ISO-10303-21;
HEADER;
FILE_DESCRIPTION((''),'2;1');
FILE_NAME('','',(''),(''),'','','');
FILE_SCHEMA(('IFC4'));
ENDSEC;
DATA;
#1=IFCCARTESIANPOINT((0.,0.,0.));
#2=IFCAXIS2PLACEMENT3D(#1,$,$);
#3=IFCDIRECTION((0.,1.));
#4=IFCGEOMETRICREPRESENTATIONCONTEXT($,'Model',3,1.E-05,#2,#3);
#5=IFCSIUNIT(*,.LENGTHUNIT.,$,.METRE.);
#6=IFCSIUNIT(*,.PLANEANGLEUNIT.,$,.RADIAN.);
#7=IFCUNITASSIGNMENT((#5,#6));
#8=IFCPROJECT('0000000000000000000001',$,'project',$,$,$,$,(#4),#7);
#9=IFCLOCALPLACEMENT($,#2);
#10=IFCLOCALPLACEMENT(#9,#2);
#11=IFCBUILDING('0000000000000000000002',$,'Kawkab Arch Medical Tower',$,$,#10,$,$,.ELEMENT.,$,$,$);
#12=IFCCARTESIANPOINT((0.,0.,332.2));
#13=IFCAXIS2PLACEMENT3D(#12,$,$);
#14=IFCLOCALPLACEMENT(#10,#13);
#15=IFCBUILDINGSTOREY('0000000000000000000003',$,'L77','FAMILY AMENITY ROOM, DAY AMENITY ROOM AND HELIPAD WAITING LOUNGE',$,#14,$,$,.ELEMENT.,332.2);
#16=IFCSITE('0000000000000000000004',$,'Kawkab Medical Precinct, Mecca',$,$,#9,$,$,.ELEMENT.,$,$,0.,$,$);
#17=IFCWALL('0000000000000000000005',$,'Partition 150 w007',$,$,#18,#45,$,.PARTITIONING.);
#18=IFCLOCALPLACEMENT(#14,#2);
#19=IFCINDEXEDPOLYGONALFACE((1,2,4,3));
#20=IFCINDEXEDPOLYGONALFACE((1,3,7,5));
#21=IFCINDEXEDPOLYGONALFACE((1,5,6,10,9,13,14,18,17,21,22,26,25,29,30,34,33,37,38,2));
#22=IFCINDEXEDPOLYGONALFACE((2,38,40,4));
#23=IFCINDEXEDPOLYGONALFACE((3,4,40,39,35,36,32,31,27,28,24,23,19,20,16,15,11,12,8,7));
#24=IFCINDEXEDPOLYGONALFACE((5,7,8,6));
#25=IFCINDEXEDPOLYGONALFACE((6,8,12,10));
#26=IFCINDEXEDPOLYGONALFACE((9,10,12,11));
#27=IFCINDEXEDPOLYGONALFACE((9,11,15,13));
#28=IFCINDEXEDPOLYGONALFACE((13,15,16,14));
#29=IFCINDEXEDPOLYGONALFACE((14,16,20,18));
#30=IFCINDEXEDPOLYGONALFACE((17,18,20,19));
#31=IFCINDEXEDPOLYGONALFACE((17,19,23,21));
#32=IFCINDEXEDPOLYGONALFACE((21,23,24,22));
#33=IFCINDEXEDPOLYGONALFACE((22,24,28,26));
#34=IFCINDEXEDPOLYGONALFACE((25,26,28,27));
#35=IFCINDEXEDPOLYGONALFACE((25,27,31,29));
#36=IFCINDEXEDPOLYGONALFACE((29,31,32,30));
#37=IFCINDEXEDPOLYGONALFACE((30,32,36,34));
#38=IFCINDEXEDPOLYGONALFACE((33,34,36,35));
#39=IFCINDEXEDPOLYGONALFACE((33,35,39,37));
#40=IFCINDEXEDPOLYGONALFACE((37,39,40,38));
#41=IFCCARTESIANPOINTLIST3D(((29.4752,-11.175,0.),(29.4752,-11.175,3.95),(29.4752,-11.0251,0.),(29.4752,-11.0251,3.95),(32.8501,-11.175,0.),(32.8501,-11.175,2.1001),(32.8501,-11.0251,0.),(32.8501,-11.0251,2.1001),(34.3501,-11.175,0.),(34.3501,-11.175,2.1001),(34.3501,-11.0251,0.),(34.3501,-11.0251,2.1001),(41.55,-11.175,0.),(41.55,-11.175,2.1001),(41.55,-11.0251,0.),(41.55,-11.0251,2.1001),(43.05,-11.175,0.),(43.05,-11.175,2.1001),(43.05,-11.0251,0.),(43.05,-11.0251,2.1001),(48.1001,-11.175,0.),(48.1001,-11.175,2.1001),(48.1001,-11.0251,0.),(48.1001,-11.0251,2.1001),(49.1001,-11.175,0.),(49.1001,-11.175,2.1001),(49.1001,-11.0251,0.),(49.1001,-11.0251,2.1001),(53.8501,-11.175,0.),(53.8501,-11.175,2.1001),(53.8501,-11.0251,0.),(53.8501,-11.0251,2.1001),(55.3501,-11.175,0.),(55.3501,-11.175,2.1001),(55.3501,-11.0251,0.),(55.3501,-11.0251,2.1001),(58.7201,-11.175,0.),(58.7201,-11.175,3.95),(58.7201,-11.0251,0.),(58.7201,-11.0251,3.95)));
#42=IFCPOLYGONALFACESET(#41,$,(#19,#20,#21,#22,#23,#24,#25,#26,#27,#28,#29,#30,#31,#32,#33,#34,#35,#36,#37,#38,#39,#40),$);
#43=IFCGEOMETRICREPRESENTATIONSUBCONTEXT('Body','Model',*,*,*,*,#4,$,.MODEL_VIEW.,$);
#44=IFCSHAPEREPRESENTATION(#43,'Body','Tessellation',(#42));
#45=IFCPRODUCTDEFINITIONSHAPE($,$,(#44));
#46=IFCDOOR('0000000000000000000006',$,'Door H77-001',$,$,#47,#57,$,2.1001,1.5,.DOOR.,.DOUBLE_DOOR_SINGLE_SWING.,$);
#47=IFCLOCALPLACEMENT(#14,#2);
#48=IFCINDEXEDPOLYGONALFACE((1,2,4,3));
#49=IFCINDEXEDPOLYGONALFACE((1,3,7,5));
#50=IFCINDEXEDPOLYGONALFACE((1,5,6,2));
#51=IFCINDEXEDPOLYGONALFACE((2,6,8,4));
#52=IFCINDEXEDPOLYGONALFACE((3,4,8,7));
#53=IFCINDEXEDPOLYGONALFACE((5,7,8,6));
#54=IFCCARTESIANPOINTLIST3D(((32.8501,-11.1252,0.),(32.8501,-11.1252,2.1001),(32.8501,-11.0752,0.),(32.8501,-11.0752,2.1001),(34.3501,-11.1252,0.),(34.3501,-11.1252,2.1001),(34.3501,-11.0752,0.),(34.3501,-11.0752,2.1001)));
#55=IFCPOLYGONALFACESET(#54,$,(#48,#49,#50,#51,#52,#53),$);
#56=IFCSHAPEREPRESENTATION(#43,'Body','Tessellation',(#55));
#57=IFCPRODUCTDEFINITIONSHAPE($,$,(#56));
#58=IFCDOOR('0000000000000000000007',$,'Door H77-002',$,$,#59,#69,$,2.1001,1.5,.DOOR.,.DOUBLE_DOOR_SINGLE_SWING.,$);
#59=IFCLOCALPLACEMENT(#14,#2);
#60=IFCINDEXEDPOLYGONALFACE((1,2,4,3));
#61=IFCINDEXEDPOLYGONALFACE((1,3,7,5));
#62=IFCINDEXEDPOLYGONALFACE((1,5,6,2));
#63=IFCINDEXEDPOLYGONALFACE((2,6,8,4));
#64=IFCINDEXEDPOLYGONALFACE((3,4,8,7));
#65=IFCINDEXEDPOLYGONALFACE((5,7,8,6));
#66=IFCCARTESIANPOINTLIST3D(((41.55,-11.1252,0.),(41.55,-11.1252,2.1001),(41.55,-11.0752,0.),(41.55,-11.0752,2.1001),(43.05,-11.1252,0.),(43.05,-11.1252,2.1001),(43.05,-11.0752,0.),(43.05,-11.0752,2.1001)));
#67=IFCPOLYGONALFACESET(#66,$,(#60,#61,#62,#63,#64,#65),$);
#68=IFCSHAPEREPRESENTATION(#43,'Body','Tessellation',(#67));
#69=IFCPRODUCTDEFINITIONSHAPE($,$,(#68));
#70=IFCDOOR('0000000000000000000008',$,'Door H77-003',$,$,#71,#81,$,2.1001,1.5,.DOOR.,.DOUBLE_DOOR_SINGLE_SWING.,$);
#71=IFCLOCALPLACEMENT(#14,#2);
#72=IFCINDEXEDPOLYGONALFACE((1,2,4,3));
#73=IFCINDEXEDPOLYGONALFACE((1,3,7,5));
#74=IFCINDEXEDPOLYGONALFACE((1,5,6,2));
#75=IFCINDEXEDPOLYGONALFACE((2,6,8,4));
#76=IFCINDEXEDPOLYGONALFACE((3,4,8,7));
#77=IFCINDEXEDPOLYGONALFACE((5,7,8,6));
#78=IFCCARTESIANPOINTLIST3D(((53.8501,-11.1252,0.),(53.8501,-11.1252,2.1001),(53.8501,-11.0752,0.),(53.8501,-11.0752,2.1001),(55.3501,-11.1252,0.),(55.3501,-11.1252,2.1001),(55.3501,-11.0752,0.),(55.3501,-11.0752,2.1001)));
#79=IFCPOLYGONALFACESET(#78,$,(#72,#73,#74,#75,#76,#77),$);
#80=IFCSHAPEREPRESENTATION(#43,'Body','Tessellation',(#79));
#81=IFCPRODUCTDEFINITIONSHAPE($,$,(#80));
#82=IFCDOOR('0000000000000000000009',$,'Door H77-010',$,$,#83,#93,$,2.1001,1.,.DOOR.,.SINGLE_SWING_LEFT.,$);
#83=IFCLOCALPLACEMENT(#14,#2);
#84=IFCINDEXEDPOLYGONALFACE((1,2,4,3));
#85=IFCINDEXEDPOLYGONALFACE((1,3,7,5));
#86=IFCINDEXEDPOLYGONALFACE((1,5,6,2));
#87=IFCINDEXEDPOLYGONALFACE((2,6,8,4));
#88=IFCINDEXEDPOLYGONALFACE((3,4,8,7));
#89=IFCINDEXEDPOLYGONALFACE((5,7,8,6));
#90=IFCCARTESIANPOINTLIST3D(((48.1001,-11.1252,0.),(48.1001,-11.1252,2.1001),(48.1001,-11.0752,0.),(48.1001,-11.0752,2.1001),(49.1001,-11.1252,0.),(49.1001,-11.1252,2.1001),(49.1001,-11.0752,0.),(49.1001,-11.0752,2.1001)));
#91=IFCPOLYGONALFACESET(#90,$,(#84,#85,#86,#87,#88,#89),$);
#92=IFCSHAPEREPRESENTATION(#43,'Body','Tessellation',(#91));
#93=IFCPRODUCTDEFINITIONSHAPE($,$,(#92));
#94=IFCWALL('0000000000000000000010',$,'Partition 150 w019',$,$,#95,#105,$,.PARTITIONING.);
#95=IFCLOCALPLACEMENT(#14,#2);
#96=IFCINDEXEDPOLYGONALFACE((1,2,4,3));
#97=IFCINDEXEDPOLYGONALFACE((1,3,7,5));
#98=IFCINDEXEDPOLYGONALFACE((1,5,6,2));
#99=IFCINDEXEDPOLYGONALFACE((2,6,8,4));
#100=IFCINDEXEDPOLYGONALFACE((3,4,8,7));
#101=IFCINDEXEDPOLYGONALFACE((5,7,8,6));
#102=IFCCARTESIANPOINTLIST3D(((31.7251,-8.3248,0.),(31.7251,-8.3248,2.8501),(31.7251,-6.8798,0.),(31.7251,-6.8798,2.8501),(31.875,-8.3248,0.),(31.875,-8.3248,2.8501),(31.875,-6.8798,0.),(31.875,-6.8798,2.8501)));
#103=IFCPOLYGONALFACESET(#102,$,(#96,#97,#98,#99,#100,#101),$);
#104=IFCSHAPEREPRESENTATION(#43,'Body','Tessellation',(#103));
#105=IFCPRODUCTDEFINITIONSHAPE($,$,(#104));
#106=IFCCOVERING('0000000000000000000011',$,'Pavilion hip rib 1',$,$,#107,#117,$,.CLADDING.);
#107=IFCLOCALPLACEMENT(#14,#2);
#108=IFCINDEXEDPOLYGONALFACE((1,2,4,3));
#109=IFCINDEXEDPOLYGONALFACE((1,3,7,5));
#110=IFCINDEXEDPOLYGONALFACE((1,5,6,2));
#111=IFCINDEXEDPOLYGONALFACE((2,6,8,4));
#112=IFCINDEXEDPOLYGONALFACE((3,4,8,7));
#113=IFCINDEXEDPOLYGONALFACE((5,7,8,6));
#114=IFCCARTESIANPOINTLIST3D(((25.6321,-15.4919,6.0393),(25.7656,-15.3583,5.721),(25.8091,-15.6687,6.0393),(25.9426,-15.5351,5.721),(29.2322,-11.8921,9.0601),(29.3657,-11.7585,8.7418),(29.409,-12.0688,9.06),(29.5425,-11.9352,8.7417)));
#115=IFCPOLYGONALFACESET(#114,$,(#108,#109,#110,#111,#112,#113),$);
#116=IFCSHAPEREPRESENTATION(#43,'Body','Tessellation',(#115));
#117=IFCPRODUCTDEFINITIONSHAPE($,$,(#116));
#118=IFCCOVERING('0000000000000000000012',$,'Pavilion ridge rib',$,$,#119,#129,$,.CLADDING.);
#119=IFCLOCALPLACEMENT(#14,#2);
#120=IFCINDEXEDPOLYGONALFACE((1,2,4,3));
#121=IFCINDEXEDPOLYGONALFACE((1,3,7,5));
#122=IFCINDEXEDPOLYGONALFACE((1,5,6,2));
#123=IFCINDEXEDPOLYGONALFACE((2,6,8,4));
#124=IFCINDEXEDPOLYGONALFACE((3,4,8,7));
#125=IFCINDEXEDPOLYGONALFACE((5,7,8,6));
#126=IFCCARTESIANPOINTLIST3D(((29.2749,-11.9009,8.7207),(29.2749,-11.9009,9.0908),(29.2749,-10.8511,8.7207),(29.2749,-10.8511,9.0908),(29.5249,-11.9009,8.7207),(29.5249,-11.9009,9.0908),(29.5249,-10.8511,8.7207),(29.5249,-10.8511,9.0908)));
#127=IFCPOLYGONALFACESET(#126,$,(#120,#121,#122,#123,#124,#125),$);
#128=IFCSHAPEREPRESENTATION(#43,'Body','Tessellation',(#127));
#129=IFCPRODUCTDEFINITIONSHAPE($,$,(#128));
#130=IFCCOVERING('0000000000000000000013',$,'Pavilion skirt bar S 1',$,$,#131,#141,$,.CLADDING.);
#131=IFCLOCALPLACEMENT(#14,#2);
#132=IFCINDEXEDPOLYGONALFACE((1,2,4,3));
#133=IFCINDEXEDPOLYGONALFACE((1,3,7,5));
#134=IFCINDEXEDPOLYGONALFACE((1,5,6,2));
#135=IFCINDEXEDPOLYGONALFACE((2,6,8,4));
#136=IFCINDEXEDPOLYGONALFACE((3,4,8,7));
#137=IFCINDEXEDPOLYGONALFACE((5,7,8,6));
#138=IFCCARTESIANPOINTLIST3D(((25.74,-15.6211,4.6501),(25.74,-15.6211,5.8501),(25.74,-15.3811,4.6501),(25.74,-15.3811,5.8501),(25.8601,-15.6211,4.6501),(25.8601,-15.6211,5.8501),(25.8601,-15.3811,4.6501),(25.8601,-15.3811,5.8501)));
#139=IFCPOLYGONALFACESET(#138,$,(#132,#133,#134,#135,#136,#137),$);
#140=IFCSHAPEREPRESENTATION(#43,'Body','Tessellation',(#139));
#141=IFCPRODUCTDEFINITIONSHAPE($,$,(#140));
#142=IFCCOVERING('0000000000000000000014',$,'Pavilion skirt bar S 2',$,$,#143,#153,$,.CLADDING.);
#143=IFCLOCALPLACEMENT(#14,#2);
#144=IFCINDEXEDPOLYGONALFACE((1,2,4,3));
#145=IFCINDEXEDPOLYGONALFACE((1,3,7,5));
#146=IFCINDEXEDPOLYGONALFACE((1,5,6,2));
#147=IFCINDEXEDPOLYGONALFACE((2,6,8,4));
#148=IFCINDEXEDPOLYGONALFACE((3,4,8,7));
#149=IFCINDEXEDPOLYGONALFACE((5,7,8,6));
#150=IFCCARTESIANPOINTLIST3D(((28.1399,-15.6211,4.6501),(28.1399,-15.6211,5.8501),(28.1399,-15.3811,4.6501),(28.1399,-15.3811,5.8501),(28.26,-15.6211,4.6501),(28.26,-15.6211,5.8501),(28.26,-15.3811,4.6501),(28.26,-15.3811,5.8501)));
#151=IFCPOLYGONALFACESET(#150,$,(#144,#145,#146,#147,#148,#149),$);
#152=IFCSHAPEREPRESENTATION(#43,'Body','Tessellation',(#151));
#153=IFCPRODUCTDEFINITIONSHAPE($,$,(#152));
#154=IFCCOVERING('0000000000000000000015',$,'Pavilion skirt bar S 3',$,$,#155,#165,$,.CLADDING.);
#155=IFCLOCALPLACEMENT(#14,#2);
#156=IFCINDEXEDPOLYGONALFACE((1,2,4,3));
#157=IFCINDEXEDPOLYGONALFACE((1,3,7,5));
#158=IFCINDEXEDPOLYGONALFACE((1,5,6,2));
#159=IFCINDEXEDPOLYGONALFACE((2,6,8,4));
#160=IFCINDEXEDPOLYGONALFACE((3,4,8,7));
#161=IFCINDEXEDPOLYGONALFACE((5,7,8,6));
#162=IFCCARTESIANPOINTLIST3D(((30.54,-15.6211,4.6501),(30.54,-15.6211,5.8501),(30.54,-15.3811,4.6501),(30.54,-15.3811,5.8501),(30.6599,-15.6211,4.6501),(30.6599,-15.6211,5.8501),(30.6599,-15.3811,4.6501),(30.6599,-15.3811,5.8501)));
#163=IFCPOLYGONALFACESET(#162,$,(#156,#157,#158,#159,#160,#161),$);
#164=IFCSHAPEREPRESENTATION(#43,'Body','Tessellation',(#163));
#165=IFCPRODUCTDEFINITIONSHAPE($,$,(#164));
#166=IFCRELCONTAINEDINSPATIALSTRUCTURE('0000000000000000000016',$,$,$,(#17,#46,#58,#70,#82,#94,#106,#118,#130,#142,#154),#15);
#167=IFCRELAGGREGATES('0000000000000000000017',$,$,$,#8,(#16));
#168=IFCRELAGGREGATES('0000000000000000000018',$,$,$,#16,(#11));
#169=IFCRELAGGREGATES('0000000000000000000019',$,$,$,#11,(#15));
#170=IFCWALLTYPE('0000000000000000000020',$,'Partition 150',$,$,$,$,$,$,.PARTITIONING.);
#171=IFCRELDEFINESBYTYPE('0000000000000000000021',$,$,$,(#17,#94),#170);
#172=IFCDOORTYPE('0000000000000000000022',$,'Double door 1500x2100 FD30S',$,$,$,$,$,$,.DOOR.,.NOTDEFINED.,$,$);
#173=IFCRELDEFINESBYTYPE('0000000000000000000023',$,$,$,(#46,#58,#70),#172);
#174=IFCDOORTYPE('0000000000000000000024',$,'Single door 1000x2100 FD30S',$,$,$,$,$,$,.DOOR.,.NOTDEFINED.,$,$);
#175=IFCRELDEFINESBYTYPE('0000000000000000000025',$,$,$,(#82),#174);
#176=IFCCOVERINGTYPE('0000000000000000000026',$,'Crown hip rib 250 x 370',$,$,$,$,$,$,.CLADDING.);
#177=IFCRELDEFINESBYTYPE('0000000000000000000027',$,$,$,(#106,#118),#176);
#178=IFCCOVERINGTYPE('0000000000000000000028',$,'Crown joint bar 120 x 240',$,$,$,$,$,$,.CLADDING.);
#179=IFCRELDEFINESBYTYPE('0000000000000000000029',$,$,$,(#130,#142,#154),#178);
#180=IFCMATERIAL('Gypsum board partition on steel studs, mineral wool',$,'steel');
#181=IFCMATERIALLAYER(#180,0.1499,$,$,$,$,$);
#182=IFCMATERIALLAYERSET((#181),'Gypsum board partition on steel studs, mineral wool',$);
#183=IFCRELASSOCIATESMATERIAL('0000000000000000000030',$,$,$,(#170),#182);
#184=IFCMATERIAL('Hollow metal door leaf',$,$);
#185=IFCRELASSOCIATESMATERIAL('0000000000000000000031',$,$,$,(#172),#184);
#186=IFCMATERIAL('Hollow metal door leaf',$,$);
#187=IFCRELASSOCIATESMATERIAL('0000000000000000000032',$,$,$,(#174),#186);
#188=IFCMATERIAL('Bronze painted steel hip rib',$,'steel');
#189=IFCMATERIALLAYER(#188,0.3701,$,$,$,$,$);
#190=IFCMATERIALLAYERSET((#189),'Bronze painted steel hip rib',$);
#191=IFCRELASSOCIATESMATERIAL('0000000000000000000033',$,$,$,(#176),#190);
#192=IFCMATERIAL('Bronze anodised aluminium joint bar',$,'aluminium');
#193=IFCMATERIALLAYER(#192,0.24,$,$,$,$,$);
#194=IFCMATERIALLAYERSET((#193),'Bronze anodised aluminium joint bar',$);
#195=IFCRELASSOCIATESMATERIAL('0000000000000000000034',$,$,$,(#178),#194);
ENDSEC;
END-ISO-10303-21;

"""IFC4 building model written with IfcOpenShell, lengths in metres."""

from ifc_helpers import new_model, si_unit, direction, frame, frame_2d, origin, place, context, subcontext, project, spatial, polyline, rectangle, outline, extrude, material, layer, layer_set, type_object, element, fill, save


model = new_model("IFC4")

# Units and contexts
model_context = context("Model", 3, precision=1e-05, world=origin(), true_north=direction((0.0, 1.0)))
body_context = subcontext(model_context, "Body", "Model", "MODEL_VIEW")
ifc_project = project(units=[si_unit("LENGTHUNIT", "METRE"), si_unit("PLANEANGLEUNIT", "RADIAN")], contexts=[model_context])

# Site, building, storey
site_placement = place(None, origin())
site = spatial("IfcSite", under=ifc_project, at=site_placement, Name="Kawkab Medical Precinct, Mecca", CompositionType="ELEMENT", RefElevation=0.0)
building_placement = place(site_placement, origin())
building = spatial("IfcBuilding", under=site, at=building_placement, Name="Kawkab Arch Medical Tower", CompositionType="ELEMENT")
storey_placement = place(building_placement, frame((0.0, 0.0, 332.2)))
storey = spatial("IfcBuildingStorey", under=building, at=storey_placement, Name="L77", Description="FAMILY AMENITY ROOM, DAY AMENITY ROOM AND HELIPAD WAITING LOUNGE", CompositionType="ELEMENT", Elevation=332.2)

# Wall, openings, doors
ifc_material_1 = material(Name="Gypsum board partition on steel studs, mineral wool", Category="steel")
ifc_layer_1 = layer(ifc_material_1, 0.1499)
ifc_layer_set_1 = layer_set([ifc_layer_1], Name="Gypsum board partition on steel studs, mineral wool")
wall_type = type_object("IfcWallType", Name="Partition 150", PredefinedType="PARTITIONING", material=ifc_layer_set_1)
wall_1_placement = place(storey_placement, frame((29.4751, -11.1001, 0.0), z_axis=(0.0, 0.0, 1.0), x_axis=(1.0, 0.0, 0.0)))
wall_1 = element("IfcWall", 1, at=wall_1_placement, inside=storey, type_object=wall_type, Name="Partition 150 w007", PredefinedType="PARTITIONING", context=body_context, shape_type="SweptSolid", body=[
    extrude(rectangle(XDim=29.2449, YDim=0.1499, at=frame_2d((14.6226, 0.0))), origin(), (0.0, 0.0, 1.0), 3.95),
])
opening_1_placement = place(wall_1_placement, frame((3.375, 0.0, 0.0)))
opening_1 = element("IfcOpeningElement", 2, at=opening_1_placement, cuts=wall_1, PredefinedType="OPENING", context=body_context, shape_type="SweptSolid", body=[
    extrude(rectangle(XDim=1.5, YDim=2.1001, at=frame_2d((0.75, 1.05))), frame((0.0, 0.085, 0.0), z_axis=(0.0, -1.0, 0.0), x_axis=(1.0, 0.0, 0.0)), (0.0, 0.0, 1.0), 0.1699),
])
opening_2_placement = place(wall_1_placement, frame((12.075, 0.0, 0.0)))
opening_2 = element("IfcOpeningElement", 3, at=opening_2_placement, cuts=wall_1, PredefinedType="OPENING", context=body_context, shape_type="SweptSolid", body=[
    extrude(rectangle(XDim=1.5, YDim=2.1001, at=frame_2d((0.75, 1.05))), frame((0.0, 0.085, 0.0), z_axis=(0.0, -1.0, 0.0), x_axis=(1.0, 0.0, 0.0)), (0.0, 0.0, 1.0), 0.1699),
])
opening_3_placement = place(wall_1_placement, frame((18.625, 0.0, 0.0)))
opening_3 = element("IfcOpeningElement", 4, at=opening_3_placement, cuts=wall_1, PredefinedType="OPENING", context=body_context, shape_type="SweptSolid", body=[
    extrude(rectangle(XDim=1.0, YDim=2.1001, at=frame_2d((0.5, 1.05))), frame((0.0, 0.085, 0.0), z_axis=(0.0, -1.0, 0.0), x_axis=(1.0, 0.0, 0.0)), (0.0, 0.0, 1.0), 0.1699),
])
opening_4_placement = place(wall_1_placement, frame((24.375, 0.0, 0.0)))
opening_4 = element("IfcOpeningElement", 5, at=opening_4_placement, cuts=wall_1, PredefinedType="OPENING", context=body_context, shape_type="SweptSolid", body=[
    extrude(rectangle(XDim=1.5, YDim=2.1001, at=frame_2d((0.75, 1.05))), frame((0.0, 0.085, 0.0), z_axis=(0.0, -1.0, 0.0), x_axis=(1.0, 0.0, 0.0)), (0.0, 0.0, 1.0), 0.1699),
])
ifc_material_2 = material(Name="Hollow metal door leaf")
door_type_1 = type_object("IfcDoorType", Name="Double door 1500x2100 FD30S", OperationType="NOTDEFINED", PredefinedType="DOOR", material=ifc_material_2)
door_1_placement = place(opening_1_placement, origin())
door_1 = element("IfcDoor", 6, at=door_1_placement, inside=storey, type_object=door_type_1, Name="Door H77-001", OperationType="DOUBLE_DOOR_SINGLE_SWING", OverallHeight=2.1001, OverallWidth=1.5, PredefinedType="DOOR", context=body_context, shape_type="SweptSolid", body=[
    extrude(rectangle(XDim=1.5, YDim=2.1001, at=frame_2d((0.75, 1.05))), frame((0.0, 0.0249, 0.0), z_axis=(0.0, -1.0, 0.0), x_axis=(1.0, 0.0, 0.0)), (0.0, 0.0, 1.0), 0.05),
])
fill(opening_1, door_1)
door_2_placement = place(opening_2_placement, origin())
door_2 = element("IfcDoor", 7, at=door_2_placement, inside=storey, type_object=door_type_1, Name="Door H77-002", OperationType="DOUBLE_DOOR_SINGLE_SWING", OverallHeight=2.1001, OverallWidth=1.5, PredefinedType="DOOR", context=body_context, shape_type="SweptSolid", body=[
    extrude(rectangle(XDim=1.5, YDim=2.1001, at=frame_2d((0.75, 1.05))), frame((0.0, 0.0249, 0.0), z_axis=(0.0, -1.0, 0.0), x_axis=(1.0, 0.0, 0.0)), (0.0, 0.0, 1.0), 0.05),
])
fill(opening_2, door_2)
door_3_placement = place(opening_4_placement, origin())
door_3 = element("IfcDoor", 8, at=door_3_placement, inside=storey, type_object=door_type_1, Name="Door H77-003", OperationType="DOUBLE_DOOR_SINGLE_SWING", OverallHeight=2.1001, OverallWidth=1.5, PredefinedType="DOOR", context=body_context, shape_type="SweptSolid", body=[
    extrude(rectangle(XDim=1.5, YDim=2.1001, at=frame_2d((0.75, 1.05))), frame((0.0, 0.0249, 0.0), z_axis=(0.0, -1.0, 0.0), x_axis=(1.0, 0.0, 0.0)), (0.0, 0.0, 1.0), 0.05),
])
fill(opening_4, door_3)
ifc_material_3 = material(Name="Hollow metal door leaf")
door_type_2 = type_object("IfcDoorType", Name="Single door 1000x2100 FD30S", OperationType="NOTDEFINED", PredefinedType="DOOR", material=ifc_material_3)
door_4_placement = place(opening_3_placement, origin())
door_4 = element("IfcDoor", 9, at=door_4_placement, inside=storey, type_object=door_type_2, Name="Door H77-010", OperationType="SINGLE_SWING_LEFT", OverallHeight=2.1001, OverallWidth=1.0, PredefinedType="DOOR", context=body_context, shape_type="SweptSolid", body=[
    extrude(rectangle(XDim=1.0, YDim=2.1001, at=frame_2d((0.5, 1.05))), frame((0.0, 0.0249, 0.0), z_axis=(0.0, -1.0, 0.0), x_axis=(1.0, 0.0, 0.0)), (0.0, 0.0, 1.0), 0.05),
])
fill(opening_3, door_4)

# Wall
wall_2_placement = place(storey_placement, frame((31.8, -8.325, 0.0), z_axis=(0.0, 0.0, 1.0), x_axis=(0.0, 1.0, 0.0)))
element("IfcWall", 10, at=wall_2_placement, inside=storey, type_object=wall_type, Name="Partition 150 w019", PredefinedType="PARTITIONING", context=body_context, shape_type="SweptSolid", body=[
    extrude(rectangle(XDim=1.4451, YDim=0.1499, at=frame_2d((0.7227, 0.0))), origin(), (0.0, 0.0, 1.0), 2.8501),
])

# Coverings
ifc_material_4 = material(Name="Bronze painted steel hip rib", Category="steel")
ifc_layer_2 = layer(ifc_material_4, 0.3701)
ifc_layer_set_2 = layer_set([ifc_layer_2], Name="Bronze painted steel hip rib")
covering_type_1 = type_object("IfcCoveringType", Name="Crown hip rib 250 x 370", PredefinedType="CLADDING", material=ifc_layer_set_2)
covering_1_placement = place(storey_placement, frame((25.8091, -15.6687, 6.0393), z_axis=(-0.360699, -0.360948, 0.860007), x_axis=(0.608117, 0.608117, 0.510282)))
element("IfcCovering", 11, at=covering_1_placement, inside=storey, type_object=covering_type_1, Name="Pavilion hip rib 1", PredefinedType="CLADDING", context=body_context, shape_type="SweptSolid", body=[
    extrude(outline(polyline([(0.0, 0.0), (5.9197, 0.0), (5.9197, 0.25), (-0.0001, 0.2501), (0.0, 0.0)])), origin(), (0.0, 0.0, -1.0), 0.3701),
])
covering_2_placement = place(storey_placement, frame((29.5249, -11.9009, 9.0908), z_axis=(0.0, 0.0, 1.0), x_axis=(0.0, 1.0, 0.0)))
element("IfcCovering", 12, at=covering_2_placement, inside=storey, type_object=covering_type_1, Name="Pavilion ridge rib", PredefinedType="CLADDING", context=body_context, shape_type="SweptSolid", body=[
    extrude(outline(polyline([(0.0, 0.0), (1.0498, 0.0), (1.0498, 0.25), (0.0, 0.25), (0.0, 0.0)])), origin(), (0.0, 0.0, -1.0), 0.3701),
])
ifc_material_5 = material(Name="Bronze anodised aluminium joint bar", Category="aluminium")
ifc_layer_3 = layer(ifc_material_5, 0.24)
ifc_layer_set_3 = layer_set([ifc_layer_3], Name="Bronze anodised aluminium joint bar")
covering_type_2 = type_object("IfcCoveringType", Name="Crown joint bar 120 x 240", PredefinedType="CLADDING", material=ifc_layer_set_3)
for number, where, z_axis, x_axis, name in (
    (13, (25.8601, -15.6211, 4.6501), (0.0, -1.0, 0.0), (0.0, 0.0, 1.0), "Pavilion skirt bar S 1"),
    (14, (28.26, -15.6211, 4.6501), (0.0, -1.0, 0.0), (0.0, 0.0, 1.0), "Pavilion skirt bar S 2"),
):
    element("IfcCovering", number, at=place(storey_placement, frame(where, z_axis=z_axis, x_axis=x_axis)), inside=storey, type_object=covering_type_2, Name=name, PredefinedType="CLADDING", context=body_context, shape_type="SweptSolid", body=[
        extrude(outline(polyline([(0.0, 0.0), (1.2, 0.0), (1.2, 0.1201), (0.0, 0.1201), (0.0, 0.0)])), origin(), (0.0, 0.0, -1.0), 0.24),
    ])
covering_3_placement = place(storey_placement, frame((30.6599, -15.6211, 4.6501), z_axis=(0.0, -1.0, 0.0), x_axis=(0.0, 0.0, 1.0)))
element("IfcCovering", 15, at=covering_3_placement, inside=storey, type_object=covering_type_2, Name="Pavilion skirt bar S 3", PredefinedType="CLADDING", context=body_context, shape_type="SweptSolid", body=[
    extrude(outline(polyline([(0.0, 0.0), (1.2, 0.0), (1.2, 0.1199), (0.0, 0.1199), (0.0, 0.0)])), origin(), (0.0, 0.0, -1.0), 0.24),
])

save(model, "model.ifc")
